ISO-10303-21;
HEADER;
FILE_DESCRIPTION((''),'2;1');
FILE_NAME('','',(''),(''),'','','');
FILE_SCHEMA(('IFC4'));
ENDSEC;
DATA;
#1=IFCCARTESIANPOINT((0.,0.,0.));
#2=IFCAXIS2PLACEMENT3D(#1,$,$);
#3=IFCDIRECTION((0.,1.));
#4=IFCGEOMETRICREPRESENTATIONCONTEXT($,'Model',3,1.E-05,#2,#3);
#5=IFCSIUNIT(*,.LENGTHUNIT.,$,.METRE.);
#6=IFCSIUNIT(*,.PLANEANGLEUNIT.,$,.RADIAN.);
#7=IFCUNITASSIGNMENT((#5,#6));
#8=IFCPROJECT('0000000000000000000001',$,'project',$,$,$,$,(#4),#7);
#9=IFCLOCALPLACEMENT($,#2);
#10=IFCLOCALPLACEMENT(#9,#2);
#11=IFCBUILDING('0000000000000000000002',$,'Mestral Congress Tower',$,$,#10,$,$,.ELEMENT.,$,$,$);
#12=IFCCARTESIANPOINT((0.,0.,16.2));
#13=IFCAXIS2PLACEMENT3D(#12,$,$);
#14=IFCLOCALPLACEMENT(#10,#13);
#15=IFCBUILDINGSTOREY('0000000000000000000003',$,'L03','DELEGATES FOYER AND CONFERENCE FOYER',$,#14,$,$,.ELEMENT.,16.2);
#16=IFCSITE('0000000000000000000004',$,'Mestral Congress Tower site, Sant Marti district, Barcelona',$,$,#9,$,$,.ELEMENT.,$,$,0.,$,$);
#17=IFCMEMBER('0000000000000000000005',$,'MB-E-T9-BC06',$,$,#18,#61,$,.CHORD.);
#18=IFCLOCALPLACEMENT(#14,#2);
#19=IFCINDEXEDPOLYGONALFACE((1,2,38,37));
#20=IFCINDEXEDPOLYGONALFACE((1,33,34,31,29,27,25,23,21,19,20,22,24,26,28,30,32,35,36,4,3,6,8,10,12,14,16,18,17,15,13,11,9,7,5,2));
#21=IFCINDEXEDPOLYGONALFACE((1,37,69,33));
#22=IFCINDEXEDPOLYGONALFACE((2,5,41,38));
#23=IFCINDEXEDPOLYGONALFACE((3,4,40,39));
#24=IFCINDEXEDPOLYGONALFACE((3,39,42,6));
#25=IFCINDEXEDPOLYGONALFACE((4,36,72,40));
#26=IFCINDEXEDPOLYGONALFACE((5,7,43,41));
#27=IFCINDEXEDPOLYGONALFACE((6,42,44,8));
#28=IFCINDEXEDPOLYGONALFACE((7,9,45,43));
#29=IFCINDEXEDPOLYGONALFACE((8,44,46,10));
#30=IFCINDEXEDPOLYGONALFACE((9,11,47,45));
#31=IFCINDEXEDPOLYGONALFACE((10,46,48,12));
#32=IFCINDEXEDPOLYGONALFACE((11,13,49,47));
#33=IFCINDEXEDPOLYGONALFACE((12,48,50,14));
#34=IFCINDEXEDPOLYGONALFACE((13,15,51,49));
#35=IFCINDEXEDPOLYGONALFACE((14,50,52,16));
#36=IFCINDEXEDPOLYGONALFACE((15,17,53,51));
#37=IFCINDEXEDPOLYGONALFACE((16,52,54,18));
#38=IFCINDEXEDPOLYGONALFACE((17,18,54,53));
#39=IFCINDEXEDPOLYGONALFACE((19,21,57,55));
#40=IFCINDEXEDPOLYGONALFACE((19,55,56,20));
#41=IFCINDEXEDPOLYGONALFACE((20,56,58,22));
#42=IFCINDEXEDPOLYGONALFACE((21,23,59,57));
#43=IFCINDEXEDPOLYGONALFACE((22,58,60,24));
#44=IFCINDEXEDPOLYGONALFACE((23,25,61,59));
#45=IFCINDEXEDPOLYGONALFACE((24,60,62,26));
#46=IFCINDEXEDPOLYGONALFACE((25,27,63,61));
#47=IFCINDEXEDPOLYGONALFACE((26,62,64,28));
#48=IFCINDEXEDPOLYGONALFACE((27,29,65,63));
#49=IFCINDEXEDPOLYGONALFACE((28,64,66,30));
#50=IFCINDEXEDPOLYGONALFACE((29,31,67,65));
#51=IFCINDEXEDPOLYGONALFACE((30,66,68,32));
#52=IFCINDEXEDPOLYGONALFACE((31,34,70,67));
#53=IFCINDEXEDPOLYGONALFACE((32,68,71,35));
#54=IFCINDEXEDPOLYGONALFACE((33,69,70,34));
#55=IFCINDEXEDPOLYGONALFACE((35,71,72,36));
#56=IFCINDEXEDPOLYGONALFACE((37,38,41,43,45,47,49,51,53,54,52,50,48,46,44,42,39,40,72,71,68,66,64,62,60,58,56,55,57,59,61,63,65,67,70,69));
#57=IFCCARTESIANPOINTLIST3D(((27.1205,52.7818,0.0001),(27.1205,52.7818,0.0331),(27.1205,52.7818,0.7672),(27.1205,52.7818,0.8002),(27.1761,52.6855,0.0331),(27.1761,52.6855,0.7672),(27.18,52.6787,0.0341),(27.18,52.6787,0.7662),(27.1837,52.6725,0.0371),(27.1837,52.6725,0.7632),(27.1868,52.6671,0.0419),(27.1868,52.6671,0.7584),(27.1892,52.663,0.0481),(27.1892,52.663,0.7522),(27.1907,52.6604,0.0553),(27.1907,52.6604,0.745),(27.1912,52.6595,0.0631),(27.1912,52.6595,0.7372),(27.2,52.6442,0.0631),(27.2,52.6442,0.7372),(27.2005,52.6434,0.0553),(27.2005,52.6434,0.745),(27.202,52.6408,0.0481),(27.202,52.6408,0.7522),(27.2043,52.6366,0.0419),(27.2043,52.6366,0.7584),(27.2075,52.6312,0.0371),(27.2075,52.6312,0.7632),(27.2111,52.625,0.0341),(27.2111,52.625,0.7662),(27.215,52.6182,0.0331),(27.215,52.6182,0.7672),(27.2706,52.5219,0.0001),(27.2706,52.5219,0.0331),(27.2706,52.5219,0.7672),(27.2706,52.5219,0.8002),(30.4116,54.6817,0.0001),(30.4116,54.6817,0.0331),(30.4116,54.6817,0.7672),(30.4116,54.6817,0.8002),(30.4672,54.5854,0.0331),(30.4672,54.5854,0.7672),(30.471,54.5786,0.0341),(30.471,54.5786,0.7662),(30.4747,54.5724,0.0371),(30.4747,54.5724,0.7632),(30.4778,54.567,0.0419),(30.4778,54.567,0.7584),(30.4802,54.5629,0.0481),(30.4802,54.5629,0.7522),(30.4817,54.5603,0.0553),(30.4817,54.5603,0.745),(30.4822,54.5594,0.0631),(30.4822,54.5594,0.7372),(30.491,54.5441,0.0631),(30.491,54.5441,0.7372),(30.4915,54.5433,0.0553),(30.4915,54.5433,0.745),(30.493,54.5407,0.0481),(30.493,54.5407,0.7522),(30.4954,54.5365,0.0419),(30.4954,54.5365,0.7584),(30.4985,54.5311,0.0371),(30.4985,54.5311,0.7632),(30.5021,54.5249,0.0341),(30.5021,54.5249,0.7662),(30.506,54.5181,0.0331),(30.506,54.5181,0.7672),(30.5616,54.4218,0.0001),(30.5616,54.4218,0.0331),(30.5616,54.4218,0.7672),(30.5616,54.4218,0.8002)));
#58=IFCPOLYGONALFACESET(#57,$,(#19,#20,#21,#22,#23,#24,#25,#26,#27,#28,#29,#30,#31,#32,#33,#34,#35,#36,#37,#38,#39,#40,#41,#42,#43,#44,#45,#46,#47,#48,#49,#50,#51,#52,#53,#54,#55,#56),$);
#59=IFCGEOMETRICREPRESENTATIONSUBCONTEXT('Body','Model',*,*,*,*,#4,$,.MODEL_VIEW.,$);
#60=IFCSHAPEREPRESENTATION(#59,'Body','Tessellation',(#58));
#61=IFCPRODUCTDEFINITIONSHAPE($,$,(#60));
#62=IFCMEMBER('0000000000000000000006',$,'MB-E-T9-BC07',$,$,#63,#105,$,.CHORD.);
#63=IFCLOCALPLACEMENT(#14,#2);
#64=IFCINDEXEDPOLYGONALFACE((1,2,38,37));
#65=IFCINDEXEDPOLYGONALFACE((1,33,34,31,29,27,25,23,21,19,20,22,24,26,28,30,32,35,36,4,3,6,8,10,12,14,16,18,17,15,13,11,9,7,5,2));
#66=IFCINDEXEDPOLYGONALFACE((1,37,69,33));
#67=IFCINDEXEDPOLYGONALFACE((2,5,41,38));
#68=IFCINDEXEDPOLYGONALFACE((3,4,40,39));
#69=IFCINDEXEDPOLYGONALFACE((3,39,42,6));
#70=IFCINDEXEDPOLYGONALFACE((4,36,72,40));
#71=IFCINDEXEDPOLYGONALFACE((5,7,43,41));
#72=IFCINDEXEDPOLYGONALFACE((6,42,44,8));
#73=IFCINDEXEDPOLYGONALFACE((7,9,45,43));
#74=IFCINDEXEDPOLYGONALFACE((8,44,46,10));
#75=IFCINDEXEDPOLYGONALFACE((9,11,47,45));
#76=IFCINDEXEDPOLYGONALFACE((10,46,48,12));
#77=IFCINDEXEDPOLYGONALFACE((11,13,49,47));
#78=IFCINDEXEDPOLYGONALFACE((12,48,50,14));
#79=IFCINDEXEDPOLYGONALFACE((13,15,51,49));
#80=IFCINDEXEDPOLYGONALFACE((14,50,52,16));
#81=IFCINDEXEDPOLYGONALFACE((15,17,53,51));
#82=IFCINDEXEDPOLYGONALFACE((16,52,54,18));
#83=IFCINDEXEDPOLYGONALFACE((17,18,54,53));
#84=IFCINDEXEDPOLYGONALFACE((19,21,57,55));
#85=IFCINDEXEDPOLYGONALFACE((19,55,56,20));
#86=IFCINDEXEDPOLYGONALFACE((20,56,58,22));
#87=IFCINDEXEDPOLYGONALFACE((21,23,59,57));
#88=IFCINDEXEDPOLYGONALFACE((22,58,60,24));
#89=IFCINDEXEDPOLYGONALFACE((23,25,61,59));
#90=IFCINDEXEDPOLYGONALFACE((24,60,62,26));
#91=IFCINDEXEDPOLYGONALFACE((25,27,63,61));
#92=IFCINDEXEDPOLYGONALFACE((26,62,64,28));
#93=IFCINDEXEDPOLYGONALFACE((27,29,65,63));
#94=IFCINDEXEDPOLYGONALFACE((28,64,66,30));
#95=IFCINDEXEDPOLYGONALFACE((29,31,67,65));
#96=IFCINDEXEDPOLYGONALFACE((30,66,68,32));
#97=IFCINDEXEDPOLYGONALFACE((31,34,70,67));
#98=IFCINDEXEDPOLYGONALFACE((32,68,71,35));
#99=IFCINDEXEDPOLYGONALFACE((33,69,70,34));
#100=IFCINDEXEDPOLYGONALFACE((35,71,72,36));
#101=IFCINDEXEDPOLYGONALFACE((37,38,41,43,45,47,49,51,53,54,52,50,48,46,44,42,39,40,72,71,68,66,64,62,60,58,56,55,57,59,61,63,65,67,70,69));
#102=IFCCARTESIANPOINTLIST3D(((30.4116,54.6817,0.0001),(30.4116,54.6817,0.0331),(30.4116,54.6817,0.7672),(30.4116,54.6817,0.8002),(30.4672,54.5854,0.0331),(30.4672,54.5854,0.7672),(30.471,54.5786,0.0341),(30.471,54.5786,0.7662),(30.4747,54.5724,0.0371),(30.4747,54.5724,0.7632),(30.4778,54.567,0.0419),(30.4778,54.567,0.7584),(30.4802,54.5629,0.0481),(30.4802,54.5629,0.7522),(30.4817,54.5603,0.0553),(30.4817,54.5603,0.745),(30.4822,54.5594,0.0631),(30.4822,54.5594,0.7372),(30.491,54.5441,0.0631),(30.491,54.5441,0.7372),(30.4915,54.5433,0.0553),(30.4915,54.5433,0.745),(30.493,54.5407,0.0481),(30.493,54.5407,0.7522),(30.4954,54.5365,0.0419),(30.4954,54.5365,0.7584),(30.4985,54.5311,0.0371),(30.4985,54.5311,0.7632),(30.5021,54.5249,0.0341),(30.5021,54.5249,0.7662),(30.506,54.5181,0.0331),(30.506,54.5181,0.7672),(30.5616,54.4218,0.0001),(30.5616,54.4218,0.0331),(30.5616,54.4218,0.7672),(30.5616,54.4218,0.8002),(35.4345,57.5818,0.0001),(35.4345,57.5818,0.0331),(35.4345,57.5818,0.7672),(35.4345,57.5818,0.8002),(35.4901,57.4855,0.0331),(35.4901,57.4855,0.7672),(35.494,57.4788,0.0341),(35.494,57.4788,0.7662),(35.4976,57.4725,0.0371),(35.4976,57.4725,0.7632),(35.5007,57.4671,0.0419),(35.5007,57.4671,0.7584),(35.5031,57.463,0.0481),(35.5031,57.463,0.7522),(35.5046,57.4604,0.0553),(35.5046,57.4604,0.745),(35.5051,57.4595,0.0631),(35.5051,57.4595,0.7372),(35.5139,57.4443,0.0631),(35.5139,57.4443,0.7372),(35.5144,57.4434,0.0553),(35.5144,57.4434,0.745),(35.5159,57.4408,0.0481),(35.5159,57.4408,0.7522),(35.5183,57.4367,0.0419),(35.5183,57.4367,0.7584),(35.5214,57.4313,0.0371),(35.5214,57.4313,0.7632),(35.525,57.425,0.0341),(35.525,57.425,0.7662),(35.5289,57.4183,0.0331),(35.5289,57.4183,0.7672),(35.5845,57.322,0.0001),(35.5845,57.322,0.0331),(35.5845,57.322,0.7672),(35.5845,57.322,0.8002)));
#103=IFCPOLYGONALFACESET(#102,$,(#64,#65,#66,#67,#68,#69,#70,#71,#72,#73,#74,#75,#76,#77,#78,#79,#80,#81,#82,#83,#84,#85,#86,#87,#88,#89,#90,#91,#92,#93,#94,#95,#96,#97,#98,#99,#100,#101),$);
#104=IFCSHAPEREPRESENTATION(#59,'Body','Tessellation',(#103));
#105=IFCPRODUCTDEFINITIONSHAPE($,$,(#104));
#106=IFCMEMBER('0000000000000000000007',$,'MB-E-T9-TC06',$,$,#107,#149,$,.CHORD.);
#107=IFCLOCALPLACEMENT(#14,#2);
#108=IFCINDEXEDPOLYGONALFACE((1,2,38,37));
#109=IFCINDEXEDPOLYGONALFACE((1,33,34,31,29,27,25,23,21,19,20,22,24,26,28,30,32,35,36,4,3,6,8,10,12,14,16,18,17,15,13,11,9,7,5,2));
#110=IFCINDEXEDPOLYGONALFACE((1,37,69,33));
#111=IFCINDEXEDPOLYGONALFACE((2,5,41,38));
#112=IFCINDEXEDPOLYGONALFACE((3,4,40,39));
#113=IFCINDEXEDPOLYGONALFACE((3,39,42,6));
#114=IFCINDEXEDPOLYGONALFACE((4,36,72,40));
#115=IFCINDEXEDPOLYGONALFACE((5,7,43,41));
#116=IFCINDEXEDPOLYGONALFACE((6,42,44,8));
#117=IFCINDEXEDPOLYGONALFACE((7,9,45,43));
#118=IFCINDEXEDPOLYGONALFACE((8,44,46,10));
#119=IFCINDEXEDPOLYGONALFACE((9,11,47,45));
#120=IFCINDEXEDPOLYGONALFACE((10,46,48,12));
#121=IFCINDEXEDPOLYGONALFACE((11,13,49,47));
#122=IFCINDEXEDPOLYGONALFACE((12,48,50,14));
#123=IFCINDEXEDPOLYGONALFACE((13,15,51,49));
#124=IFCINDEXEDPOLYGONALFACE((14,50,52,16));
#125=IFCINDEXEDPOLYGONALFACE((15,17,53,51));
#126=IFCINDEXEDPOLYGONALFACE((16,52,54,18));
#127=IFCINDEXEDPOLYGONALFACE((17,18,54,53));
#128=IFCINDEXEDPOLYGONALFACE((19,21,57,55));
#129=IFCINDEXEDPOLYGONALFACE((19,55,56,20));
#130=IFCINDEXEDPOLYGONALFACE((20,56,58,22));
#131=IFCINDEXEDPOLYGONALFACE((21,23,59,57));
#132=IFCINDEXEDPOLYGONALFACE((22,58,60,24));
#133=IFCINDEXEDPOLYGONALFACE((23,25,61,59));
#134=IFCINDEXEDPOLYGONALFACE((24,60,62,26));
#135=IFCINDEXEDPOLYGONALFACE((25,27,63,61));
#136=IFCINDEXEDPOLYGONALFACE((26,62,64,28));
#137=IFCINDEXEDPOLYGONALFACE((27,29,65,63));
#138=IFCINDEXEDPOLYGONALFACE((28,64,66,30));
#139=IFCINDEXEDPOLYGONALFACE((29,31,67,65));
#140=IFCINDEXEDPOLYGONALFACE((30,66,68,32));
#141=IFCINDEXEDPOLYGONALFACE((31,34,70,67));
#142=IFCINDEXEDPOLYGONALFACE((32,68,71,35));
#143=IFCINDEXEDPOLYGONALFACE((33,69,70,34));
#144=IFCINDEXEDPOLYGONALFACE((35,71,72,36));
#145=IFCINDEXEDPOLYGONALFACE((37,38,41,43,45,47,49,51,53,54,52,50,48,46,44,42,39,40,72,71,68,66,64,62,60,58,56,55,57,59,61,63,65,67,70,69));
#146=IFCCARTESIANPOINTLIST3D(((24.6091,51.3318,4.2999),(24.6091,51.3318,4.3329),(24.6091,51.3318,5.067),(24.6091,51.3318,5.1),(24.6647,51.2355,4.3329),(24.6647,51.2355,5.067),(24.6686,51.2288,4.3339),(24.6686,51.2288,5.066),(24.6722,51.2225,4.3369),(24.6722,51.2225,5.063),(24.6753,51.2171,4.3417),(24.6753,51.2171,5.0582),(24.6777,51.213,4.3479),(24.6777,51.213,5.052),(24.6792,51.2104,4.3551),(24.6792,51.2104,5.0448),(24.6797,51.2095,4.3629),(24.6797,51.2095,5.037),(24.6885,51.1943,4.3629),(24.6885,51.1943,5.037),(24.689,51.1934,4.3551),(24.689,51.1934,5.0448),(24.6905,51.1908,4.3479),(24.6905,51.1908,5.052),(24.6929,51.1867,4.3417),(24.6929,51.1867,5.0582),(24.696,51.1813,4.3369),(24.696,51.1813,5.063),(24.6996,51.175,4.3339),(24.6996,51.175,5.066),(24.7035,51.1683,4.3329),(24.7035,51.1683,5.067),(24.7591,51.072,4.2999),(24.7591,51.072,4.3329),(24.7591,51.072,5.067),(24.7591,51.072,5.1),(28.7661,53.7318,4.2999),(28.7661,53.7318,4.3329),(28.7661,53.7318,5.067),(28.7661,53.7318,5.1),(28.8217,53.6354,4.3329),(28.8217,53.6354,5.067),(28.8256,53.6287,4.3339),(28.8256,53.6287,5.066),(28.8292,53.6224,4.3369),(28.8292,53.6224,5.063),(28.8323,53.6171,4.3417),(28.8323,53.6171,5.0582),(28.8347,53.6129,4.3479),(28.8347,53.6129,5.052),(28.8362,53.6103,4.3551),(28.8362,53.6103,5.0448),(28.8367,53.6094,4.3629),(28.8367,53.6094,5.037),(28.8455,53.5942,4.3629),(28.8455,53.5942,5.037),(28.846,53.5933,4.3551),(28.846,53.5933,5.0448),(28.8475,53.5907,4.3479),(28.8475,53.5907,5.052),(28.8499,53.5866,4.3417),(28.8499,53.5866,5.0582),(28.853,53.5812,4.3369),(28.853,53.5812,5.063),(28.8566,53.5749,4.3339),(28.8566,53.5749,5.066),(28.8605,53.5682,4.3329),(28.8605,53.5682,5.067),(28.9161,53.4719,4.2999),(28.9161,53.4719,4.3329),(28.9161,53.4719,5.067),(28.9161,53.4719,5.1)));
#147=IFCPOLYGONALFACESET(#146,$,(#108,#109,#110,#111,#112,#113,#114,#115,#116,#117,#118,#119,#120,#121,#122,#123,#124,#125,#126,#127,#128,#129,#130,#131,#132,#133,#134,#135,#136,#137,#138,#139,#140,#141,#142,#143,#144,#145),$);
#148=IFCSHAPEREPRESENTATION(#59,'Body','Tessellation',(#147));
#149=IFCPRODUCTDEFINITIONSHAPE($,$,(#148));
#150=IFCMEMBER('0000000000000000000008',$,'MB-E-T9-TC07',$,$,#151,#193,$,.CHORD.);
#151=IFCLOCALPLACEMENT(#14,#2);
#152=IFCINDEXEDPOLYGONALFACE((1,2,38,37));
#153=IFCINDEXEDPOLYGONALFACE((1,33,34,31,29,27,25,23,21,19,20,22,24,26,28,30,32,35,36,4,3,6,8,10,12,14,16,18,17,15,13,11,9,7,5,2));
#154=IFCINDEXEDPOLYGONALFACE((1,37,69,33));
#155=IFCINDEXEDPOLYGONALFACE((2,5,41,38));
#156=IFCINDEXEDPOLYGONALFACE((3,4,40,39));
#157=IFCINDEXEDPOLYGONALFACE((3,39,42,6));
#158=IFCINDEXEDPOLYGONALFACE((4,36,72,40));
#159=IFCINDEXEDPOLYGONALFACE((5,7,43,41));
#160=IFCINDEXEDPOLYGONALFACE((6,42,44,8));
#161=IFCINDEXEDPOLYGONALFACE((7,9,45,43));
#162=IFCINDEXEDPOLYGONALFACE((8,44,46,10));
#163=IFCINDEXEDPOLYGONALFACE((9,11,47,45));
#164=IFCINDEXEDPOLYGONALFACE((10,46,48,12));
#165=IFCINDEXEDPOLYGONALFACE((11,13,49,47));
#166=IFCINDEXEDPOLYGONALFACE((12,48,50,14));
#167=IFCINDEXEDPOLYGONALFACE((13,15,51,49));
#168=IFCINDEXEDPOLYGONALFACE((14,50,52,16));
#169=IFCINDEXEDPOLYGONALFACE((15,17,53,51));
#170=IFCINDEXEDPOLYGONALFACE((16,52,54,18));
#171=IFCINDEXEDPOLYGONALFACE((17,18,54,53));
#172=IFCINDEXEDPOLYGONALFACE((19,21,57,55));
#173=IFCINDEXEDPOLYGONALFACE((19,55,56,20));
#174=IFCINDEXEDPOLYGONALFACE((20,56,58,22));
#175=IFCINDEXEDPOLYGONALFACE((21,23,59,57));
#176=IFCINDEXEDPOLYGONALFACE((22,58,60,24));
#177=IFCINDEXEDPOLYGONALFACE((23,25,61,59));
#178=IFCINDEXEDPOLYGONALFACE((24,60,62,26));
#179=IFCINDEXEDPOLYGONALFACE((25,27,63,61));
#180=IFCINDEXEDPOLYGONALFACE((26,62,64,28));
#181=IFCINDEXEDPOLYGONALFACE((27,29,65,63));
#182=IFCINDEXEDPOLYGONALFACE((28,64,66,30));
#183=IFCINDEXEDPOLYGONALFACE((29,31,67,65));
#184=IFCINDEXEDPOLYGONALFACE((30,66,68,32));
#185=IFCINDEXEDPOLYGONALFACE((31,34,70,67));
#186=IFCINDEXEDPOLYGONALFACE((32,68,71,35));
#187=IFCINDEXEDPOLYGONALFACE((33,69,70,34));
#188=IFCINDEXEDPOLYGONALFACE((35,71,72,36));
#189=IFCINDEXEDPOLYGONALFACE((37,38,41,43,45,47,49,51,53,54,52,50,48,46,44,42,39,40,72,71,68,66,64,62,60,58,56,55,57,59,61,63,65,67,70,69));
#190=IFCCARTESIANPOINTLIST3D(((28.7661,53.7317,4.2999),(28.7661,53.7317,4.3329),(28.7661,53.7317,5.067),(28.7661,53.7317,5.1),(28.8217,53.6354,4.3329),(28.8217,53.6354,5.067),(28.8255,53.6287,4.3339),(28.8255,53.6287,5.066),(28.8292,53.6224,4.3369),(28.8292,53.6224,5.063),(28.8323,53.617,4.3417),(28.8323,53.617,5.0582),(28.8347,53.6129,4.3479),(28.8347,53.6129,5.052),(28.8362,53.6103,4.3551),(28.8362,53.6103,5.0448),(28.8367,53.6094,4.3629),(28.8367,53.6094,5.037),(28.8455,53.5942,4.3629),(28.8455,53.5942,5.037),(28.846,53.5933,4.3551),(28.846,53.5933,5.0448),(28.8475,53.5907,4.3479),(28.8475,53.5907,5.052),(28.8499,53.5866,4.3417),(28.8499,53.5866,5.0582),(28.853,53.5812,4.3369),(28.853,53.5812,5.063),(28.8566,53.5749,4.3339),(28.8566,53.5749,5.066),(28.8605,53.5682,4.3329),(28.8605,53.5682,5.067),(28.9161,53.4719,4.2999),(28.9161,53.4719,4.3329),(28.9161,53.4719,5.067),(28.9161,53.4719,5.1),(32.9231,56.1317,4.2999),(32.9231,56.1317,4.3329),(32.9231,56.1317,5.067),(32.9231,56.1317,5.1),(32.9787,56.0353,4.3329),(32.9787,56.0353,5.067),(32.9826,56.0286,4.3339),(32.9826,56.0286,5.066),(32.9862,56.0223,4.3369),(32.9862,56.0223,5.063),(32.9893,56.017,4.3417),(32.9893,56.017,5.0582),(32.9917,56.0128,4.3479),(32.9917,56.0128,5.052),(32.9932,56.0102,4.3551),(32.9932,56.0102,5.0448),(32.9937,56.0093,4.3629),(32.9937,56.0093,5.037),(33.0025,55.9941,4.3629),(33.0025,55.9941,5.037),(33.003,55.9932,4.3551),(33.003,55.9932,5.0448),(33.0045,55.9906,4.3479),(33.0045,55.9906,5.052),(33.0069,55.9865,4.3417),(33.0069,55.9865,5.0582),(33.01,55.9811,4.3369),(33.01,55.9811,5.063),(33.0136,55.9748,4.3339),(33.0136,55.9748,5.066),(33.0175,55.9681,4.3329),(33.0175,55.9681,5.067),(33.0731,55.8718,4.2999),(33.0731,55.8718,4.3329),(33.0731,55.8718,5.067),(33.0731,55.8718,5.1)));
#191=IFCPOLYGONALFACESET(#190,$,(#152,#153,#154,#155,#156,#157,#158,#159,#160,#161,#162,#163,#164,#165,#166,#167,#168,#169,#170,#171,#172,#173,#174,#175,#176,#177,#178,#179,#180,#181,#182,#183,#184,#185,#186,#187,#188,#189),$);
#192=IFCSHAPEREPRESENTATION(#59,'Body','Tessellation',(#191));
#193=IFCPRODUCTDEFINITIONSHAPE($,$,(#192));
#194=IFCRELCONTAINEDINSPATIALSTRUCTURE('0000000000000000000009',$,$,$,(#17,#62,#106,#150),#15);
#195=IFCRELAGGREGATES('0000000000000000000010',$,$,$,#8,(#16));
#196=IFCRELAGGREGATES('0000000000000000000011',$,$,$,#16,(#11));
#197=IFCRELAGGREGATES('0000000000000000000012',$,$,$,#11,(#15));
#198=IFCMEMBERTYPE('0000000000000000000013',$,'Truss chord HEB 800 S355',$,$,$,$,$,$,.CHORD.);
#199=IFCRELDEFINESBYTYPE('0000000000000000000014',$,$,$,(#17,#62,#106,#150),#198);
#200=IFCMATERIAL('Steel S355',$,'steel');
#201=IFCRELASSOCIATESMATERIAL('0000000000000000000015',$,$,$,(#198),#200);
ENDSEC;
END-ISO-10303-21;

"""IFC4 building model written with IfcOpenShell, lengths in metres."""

from ifc_helpers import new_model, si_unit, direction, frame, origin, origin_2d, place, context, subcontext, project, spatial, i_section, extrude, material, material_profile, profile_set, type_object, element, save


model = new_model("IFC4")

# Units and contexts
model_context = context("Model", 3, precision=1e-05, world=origin(), true_north=direction((0.0, 1.0)))
body_context = subcontext(model_context, "Body", "Model", "MODEL_VIEW")
ifc_project = project(units=[si_unit("LENGTHUNIT", "METRE"), si_unit("PLANEANGLEUNIT", "RADIAN")], contexts=[model_context])

# Site, building, storey
site_placement = place(None, origin())
site = spatial("IfcSite", under=ifc_project, at=site_placement, Name="Mestral Congress Tower site, Sant Marti district, Barcelona", CompositionType="ELEMENT", RefElevation=0.0)
building_placement = place(site_placement, origin())
building = spatial("IfcBuilding", under=site, at=building_placement, Name="Mestral Congress Tower", CompositionType="ELEMENT")
storey_placement = place(building_placement, frame((0.0, 0.0, 16.2)))
storey = spatial("IfcBuildingStorey", under=building, at=storey_placement, Name="L03", Description="DELEGATES FOYER AND CONFERENCE FOYER", CompositionType="ELEMENT", Elevation=16.2)

# Shared definitions
ifc_material_1 = material(Name="Steel S355", Category="steel")

# Members
ifc_material_profile_1 = material_profile(ifc_material_1, i_section(OverallWidth=0.3, OverallDepth=0.8, WebThickness=0.0176, FlangeThickness=0.033, FilletRadius=0.03, at=origin_2d()), Name="HEB 800")
ifc_profile_set_1 = profile_set([ifc_material_profile_1], Name="Steel S355")
member_type_1 = type_object("IfcMemberType", Name="Truss chord HEB 800 S355", PredefinedType="CHORD", material=ifc_profile_set_1)
member_1_placement = place(storey_placement, frame((27.1956, 52.6519, 0.4001), z_axis=(0.866044, 0.499967, 0.0), x_axis=(-0.499967, 0.866044, 0.0)))
element("IfcMember", 1, at=member_1_placement, inside=storey, type_object=member_type_1, Name="MB-E-T9-BC06", PredefinedType="CHORD", context=body_context, shape_type="SweptSolid", body=[
    extrude(i_section(OverallWidth=0.3, OverallDepth=0.8, WebThickness=0.0176, FlangeThickness=0.033, FilletRadius=0.03, at=origin_2d()), origin(), (0.0, 0.0, 1.0), 3.8),
])
member_2_placement = place(storey_placement, frame((30.4866, 54.5518, 0.4001), z_axis=(0.866015, 0.500019, 0.0), x_axis=(-0.500019, 0.866015, 0.0)))
element("IfcMember", 2, at=member_2_placement, inside=storey, type_object=member_type_1, Name="MB-E-T9-BC07", PredefinedType="CHORD", context=body_context, shape_type="SweptSolid", body=[
    extrude(i_section(OverallWidth=0.3, OverallDepth=0.8, WebThickness=0.0176, FlangeThickness=0.033, FilletRadius=0.03, at=origin_2d()), origin(), (0.0, 0.0, 1.0), 5.8),
])
for number, where, z_axis, x_axis, name in (
    (3, (24.6841, 51.2019, 4.7), (0.866037, 0.499979, 0.0), (-0.499979, 0.866037, 0.0), "MB-E-T9-TC06"),
    (4, (28.8411, 53.6018, 4.7), (0.866037, 0.499979, 0.0), (-0.499979, 0.866037, 0.0), "MB-E-T9-TC07"),
):
    element("IfcMember", number, at=place(storey_placement, frame(where, z_axis=z_axis, x_axis=x_axis)), inside=storey, type_object=member_type_1, Name=name, PredefinedType="CHORD", context=body_context, shape_type="SweptSolid", body=[
        extrude(i_section(OverallWidth=0.3, OverallDepth=0.8, WebThickness=0.0176, FlangeThickness=0.033, FilletRadius=0.03, at=origin_2d()), origin(), (0.0, 0.0, 1.0), 4.8),
    ])

save(model, "model.ifc")
